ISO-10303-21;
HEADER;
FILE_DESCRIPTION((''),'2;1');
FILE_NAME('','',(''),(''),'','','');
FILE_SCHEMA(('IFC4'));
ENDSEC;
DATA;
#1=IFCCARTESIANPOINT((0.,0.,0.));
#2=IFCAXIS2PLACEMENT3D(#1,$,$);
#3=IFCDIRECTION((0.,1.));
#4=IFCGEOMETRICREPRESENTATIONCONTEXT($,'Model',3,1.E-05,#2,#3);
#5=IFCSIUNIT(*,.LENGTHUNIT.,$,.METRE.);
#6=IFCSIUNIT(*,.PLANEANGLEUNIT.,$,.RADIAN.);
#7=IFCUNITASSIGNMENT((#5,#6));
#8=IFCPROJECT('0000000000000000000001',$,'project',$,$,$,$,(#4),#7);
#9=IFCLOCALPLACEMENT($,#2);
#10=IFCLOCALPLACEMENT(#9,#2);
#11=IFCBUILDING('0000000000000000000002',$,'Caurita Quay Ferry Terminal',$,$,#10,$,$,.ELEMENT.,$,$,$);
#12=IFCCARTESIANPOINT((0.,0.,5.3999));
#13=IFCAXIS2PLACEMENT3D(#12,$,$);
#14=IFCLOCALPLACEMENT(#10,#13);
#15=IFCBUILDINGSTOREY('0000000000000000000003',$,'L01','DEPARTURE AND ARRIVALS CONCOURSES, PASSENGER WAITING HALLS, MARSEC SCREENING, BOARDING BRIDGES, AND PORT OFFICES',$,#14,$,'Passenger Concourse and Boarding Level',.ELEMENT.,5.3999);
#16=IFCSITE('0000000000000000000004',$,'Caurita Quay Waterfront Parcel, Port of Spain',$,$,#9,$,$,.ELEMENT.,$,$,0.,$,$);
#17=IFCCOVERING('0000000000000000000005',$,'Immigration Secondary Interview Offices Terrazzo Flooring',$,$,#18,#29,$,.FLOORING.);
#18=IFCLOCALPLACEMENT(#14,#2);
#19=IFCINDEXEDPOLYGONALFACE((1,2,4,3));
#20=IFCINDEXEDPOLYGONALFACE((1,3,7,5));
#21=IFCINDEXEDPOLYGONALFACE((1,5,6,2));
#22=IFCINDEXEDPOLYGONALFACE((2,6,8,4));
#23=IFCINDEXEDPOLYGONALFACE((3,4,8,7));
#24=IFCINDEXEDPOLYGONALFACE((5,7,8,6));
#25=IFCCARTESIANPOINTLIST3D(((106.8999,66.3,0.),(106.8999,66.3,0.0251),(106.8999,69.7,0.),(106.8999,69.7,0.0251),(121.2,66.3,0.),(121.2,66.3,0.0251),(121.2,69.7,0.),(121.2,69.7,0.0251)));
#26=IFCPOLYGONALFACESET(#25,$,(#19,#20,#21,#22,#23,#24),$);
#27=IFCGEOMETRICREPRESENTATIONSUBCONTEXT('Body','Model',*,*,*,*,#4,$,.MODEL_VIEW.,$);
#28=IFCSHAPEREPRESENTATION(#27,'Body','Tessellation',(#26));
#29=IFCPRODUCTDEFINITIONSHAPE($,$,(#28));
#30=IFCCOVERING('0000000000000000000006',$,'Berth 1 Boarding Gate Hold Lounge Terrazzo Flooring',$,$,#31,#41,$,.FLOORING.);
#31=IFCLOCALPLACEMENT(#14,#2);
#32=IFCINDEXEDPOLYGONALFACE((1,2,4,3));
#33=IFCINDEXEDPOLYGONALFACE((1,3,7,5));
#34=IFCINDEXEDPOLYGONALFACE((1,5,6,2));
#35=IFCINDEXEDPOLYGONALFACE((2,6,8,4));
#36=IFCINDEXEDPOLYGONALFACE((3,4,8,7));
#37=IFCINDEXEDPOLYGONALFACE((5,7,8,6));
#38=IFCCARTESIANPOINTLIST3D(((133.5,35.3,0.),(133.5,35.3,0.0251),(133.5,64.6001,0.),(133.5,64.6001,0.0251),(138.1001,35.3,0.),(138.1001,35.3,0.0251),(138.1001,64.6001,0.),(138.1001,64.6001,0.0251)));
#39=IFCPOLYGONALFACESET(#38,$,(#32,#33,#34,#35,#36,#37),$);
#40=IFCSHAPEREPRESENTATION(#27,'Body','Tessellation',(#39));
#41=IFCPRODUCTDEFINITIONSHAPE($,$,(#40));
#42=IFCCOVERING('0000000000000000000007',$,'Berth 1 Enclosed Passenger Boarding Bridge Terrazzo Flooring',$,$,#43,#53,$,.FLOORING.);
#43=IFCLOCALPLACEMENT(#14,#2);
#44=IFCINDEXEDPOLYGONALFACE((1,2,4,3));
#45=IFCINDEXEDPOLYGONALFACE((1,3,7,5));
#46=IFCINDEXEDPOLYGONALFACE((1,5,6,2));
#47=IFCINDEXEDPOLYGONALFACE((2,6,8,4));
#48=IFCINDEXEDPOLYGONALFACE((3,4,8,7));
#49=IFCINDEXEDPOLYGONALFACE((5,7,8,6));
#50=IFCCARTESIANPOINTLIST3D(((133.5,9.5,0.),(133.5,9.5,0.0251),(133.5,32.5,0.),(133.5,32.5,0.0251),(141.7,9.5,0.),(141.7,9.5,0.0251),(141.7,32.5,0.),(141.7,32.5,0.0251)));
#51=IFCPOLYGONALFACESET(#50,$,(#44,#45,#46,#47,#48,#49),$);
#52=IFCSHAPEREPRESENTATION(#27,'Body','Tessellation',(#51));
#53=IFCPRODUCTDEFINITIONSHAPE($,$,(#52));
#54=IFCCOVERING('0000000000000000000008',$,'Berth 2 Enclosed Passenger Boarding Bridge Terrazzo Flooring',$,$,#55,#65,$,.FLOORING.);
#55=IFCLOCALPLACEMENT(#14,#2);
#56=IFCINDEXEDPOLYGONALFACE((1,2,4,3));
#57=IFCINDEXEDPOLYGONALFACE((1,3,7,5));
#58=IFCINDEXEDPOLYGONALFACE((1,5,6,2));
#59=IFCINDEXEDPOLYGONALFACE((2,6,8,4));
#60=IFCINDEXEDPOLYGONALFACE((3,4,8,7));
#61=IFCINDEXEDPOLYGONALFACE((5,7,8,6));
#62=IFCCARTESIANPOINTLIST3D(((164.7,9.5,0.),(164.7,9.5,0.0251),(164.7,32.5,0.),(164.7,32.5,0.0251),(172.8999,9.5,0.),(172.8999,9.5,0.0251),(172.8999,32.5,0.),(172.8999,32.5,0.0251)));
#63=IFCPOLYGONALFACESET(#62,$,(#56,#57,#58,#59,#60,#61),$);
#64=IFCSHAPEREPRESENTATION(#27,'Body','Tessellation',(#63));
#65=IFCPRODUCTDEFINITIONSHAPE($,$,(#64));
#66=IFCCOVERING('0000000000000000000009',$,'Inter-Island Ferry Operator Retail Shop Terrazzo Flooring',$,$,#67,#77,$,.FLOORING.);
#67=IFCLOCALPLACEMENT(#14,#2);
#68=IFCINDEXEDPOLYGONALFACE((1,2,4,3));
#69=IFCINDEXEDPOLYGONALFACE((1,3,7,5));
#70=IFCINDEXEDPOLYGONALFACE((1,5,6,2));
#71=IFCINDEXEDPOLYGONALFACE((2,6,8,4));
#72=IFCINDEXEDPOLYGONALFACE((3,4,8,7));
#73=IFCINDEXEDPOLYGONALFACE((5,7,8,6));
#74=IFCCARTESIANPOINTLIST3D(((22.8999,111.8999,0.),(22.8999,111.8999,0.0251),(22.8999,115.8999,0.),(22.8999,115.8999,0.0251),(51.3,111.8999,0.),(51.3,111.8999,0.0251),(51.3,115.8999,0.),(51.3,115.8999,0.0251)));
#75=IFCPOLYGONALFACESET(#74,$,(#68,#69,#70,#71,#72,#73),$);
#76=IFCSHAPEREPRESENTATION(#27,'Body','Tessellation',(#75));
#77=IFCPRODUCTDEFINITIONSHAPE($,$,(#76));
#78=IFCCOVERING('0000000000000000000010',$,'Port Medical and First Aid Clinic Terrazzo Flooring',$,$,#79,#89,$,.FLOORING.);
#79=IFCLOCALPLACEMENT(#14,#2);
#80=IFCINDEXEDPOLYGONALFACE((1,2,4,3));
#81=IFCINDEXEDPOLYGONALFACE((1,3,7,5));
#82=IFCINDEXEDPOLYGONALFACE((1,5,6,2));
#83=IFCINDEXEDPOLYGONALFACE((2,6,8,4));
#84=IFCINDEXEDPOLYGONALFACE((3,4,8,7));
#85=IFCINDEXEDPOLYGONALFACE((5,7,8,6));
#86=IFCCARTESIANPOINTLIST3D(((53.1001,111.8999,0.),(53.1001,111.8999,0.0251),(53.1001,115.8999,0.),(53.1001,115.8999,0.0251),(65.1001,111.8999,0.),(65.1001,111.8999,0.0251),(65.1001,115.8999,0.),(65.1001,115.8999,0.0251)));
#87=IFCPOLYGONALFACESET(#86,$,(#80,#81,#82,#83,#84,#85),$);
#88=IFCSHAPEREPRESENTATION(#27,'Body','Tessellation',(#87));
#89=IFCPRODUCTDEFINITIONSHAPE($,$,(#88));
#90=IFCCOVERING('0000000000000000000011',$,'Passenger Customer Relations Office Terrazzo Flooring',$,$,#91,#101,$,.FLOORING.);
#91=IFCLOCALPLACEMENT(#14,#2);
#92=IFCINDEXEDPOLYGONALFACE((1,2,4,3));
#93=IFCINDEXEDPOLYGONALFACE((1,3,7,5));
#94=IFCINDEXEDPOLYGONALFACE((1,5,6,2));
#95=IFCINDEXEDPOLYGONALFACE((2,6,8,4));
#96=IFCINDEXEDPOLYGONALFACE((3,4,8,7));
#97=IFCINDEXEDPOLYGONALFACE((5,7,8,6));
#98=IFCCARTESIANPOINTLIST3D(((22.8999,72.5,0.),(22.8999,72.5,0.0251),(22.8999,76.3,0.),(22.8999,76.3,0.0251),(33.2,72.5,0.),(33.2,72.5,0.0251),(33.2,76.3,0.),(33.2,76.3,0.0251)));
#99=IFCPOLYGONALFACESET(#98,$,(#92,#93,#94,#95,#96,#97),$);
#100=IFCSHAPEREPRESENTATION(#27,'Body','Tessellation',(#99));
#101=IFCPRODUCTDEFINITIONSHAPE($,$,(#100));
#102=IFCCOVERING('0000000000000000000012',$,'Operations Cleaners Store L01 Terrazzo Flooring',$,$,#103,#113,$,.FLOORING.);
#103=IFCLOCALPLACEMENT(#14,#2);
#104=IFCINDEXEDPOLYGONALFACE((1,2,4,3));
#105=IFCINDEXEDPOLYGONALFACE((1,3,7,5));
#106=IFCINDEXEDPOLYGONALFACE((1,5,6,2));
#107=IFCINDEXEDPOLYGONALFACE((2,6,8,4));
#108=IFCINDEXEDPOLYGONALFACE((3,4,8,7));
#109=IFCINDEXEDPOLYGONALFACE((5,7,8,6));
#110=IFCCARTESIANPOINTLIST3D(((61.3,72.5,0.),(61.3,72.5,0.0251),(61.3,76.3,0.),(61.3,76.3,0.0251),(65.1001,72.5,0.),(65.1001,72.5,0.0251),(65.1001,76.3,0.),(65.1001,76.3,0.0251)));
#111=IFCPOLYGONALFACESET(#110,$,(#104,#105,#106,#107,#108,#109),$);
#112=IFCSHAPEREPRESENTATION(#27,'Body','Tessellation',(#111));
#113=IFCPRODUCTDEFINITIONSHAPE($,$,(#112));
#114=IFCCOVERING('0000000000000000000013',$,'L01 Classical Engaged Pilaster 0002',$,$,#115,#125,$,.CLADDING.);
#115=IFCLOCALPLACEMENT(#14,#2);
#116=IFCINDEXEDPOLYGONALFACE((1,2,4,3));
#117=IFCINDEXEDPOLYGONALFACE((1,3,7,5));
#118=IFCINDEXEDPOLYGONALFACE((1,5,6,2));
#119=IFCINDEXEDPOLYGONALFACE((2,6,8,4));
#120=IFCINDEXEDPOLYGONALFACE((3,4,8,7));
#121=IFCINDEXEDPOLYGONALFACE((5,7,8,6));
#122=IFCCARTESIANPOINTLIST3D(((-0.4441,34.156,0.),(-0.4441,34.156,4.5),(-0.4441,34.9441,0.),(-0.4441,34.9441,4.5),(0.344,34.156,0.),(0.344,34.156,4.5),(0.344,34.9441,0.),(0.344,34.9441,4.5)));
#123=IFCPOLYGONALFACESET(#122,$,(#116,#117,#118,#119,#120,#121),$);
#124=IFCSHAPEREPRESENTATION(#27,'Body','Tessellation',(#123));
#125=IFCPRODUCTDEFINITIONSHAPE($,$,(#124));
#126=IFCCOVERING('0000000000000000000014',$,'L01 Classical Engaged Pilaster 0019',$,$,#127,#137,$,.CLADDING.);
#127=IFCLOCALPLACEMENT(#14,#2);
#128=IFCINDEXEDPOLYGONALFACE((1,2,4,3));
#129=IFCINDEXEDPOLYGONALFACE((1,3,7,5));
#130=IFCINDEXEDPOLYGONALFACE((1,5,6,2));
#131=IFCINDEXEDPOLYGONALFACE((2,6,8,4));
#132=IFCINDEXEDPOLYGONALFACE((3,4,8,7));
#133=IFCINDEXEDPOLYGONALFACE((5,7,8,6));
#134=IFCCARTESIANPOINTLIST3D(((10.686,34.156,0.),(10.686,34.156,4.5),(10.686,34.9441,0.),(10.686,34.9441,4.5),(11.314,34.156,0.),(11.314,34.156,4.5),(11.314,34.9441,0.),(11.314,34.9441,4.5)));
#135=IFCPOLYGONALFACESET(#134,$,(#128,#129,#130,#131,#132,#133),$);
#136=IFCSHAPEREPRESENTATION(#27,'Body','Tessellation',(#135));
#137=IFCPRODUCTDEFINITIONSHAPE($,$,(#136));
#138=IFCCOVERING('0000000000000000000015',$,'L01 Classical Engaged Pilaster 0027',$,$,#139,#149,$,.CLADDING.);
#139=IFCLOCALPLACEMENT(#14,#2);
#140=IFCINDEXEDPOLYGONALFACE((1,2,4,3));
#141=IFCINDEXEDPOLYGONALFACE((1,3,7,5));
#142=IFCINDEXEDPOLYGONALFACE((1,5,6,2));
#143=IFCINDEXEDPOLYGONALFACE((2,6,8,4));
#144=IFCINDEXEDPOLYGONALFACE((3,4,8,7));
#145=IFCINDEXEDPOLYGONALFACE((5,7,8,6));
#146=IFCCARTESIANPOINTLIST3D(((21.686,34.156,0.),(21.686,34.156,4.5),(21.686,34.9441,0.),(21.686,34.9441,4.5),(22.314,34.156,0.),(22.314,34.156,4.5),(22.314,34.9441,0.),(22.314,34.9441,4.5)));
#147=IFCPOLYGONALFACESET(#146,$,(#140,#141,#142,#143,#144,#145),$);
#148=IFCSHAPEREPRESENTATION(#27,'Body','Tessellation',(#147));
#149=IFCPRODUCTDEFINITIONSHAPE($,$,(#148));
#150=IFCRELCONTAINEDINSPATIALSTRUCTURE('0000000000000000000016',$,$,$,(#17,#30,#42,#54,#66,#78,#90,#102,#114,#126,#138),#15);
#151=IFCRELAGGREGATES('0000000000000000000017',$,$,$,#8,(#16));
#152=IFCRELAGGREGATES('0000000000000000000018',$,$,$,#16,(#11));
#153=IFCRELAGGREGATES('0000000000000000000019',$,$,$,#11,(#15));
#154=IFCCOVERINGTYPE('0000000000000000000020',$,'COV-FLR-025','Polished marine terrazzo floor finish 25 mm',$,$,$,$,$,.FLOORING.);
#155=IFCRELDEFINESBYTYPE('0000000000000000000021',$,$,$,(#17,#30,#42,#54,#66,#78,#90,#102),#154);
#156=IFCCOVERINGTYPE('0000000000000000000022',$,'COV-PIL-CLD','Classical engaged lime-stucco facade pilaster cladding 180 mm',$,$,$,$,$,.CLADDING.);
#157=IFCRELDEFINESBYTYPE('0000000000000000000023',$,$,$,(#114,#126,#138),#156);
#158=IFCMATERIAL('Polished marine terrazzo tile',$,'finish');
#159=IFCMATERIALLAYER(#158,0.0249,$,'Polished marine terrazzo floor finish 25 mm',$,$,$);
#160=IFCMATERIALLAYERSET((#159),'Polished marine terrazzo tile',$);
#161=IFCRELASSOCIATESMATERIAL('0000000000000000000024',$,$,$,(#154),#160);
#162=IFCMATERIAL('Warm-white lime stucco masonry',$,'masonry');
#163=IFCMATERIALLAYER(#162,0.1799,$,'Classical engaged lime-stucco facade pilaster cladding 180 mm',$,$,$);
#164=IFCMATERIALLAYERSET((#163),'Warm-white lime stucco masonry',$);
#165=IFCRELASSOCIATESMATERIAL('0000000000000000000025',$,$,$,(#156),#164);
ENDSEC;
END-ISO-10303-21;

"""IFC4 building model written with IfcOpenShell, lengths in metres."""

from ifc_helpers import new_model, si_unit, direction, frame, origin, origin_2d, place, context, subcontext, project, spatial, polyline, rectangle, outline, extrude, material, layer, layer_set, type_object, element, save


model = new_model("IFC4")

# Units and contexts
model_context = context("Model", 3, precision=1e-05, world=origin(), true_north=direction((0.0, 1.0)))
body_context = subcontext(model_context, "Body", "Model", "MODEL_VIEW")
ifc_project = project(units=[si_unit("LENGTHUNIT", "METRE"), si_unit("PLANEANGLEUNIT", "RADIAN")], contexts=[model_context])

# Site, building, storey
site_placement = place(None, origin())
site = spatial("IfcSite", under=ifc_project, at=site_placement, Name="Caurita Quay Waterfront Parcel, Port of Spain", CompositionType="ELEMENT", RefElevation=0.0)
building_placement = place(site_placement, origin())
building = spatial("IfcBuilding", under=site, at=building_placement, Name="Caurita Quay Ferry Terminal", CompositionType="ELEMENT")
storey_placement = place(building_placement, frame((0.0, 0.0, 5.3999)))
storey = spatial("IfcBuildingStorey", under=building, at=storey_placement, Name="L01", Description="DEPARTURE AND ARRIVALS CONCOURSES, PASSENGER WAITING HALLS, MARSEC SCREENING, BOARDING BRIDGES, AND PORT OFFICES", LongName="Passenger Concourse and Boarding Level", CompositionType="ELEMENT", Elevation=5.3999)

# Coverings
ifc_material_1 = material(Name="Polished marine terrazzo tile", Category="finish")
ifc_layer_1 = layer(ifc_material_1, 0.0249, Name="Polished marine terrazzo floor finish 25 mm")
ifc_layer_set_1 = layer_set([ifc_layer_1], Name="Polished marine terrazzo tile")
covering_type_1 = type_object("IfcCoveringType", Name="COV-FLR-025", Description="Polished marine terrazzo floor finish 25 mm", PredefinedType="FLOORING", material=ifc_layer_set_1)
covering_1_placement = place(storey_placement, origin())
element("IfcCovering", 1, at=covering_1_placement, inside=storey, type_object=covering_type_1, Name="Immigration Secondary Interview Offices Terrazzo Flooring", PredefinedType="FLOORING", context=body_context, shape_type="SweptSolid", body=[
    extrude(outline(polyline([(106.8999, 66.3), (121.2, 66.3), (121.2, 69.7), (106.8999, 69.7), (106.8999, 66.3)])), origin(), (0.0, 0.0, 1.0), 0.0251),
])
covering_2_placement = place(storey_placement, origin())
element("IfcCovering", 2, at=covering_2_placement, inside=storey, type_object=covering_type_1, Name="Berth 1 Boarding Gate Hold Lounge Terrazzo Flooring", PredefinedType="FLOORING", context=body_context, shape_type="SweptSolid", body=[
    extrude(outline(polyline([(133.5, 35.3), (138.1001, 35.3), (138.1001, 64.6001), (133.5, 64.6001), (133.5, 35.3)])), origin(), (0.0, 0.0, 1.0), 0.0251),
])
covering_3_placement = place(storey_placement, origin())
element("IfcCovering", 3, at=covering_3_placement, inside=storey, type_object=covering_type_1, Name="Berth 1 Enclosed Passenger Boarding Bridge Terrazzo Flooring", PredefinedType="FLOORING", context=body_context, shape_type="SweptSolid", body=[
    extrude(outline(polyline([(133.5, 9.5), (141.7, 9.5), (141.7, 32.5), (133.5, 32.5), (133.5, 9.5)])), origin(), (0.0, 0.0, 1.0), 0.0251),
])
covering_4_placement = place(storey_placement, origin())
element("IfcCovering", 4, at=covering_4_placement, inside=storey, type_object=covering_type_1, Name="Berth 2 Enclosed Passenger Boarding Bridge Terrazzo Flooring", PredefinedType="FLOORING", context=body_context, shape_type="SweptSolid", body=[
    extrude(outline(polyline([(164.7, 9.5), (172.8999, 9.5), (172.8999, 32.5), (164.7, 32.5), (164.7, 9.5)])), origin(), (0.0, 0.0, 1.0), 0.0251),
])
covering_5_placement = place(storey_placement, origin())
element("IfcCovering", 5, at=covering_5_placement, inside=storey, type_object=covering_type_1, Name="Inter-Island Ferry Operator Retail Shop Terrazzo Flooring", PredefinedType="FLOORING", context=body_context, shape_type="SweptSolid", body=[
    extrude(outline(polyline([(22.8999, 111.8999), (51.3, 111.8999), (51.3, 115.8999), (22.8999, 115.8999), (22.8999, 111.8999)])), origin(), (0.0, 0.0, 1.0), 0.0251),
])
covering_6_placement = place(storey_placement, origin())
element("IfcCovering", 6, at=covering_6_placement, inside=storey, type_object=covering_type_1, Name="Port Medical and First Aid Clinic Terrazzo Flooring", PredefinedType="FLOORING", context=body_context, shape_type="SweptSolid", body=[
    extrude(outline(polyline([(53.1001, 111.8999), (65.1001, 111.8999), (65.1001, 115.8999), (53.1001, 115.8999), (53.1001, 111.8999)])), origin(), (0.0, 0.0, 1.0), 0.0251),
])
covering_7_placement = place(storey_placement, origin())
element("IfcCovering", 7, at=covering_7_placement, inside=storey, type_object=covering_type_1, Name="Passenger Customer Relations Office Terrazzo Flooring", PredefinedType="FLOORING", context=body_context, shape_type="SweptSolid", body=[
    extrude(outline(polyline([(22.8999, 72.5), (33.2, 72.5), (33.2, 76.3), (22.8999, 76.3), (22.8999, 72.5)])), origin(), (0.0, 0.0, 1.0), 0.0251),
])
covering_8_placement = place(storey_placement, origin())
element("IfcCovering", 8, at=covering_8_placement, inside=storey, type_object=covering_type_1, Name="Operations Cleaners Store L01 Terrazzo Flooring", PredefinedType="FLOORING", context=body_context, shape_type="SweptSolid", body=[
    extrude(outline(polyline([(61.3, 72.5), (65.1001, 72.5), (65.1001, 76.3), (61.3, 76.3), (61.3, 72.5)])), origin(), (0.0, 0.0, 1.0), 0.0251),
])
ifc_material_2 = material(Name="Warm-white lime stucco masonry", Category="masonry")
ifc_layer_2 = layer(ifc_material_2, 0.1799, Name="Classical engaged lime-stucco facade pilaster cladding 180 mm")
ifc_layer_set_2 = layer_set([ifc_layer_2], Name="Warm-white lime stucco masonry")
covering_type_2 = type_object("IfcCoveringType", Name="COV-PIL-CLD", Description="Classical engaged lime-stucco facade pilaster cladding 180 mm", PredefinedType="CLADDING", material=ifc_layer_set_2)
covering_9_placement = place(storey_placement, frame((-0.05, 34.55, 0.0), z_axis=(0.0, 0.0, 1.0), x_axis=(1.0, 0.0, 0.0)))
element("IfcCovering", 9, at=covering_9_placement, inside=storey, type_object=covering_type_2, Name="L01 Classical Engaged Pilaster 0002", PredefinedType="CLADDING", context=body_context, shape_type="SweptSolid", body=[
    extrude(rectangle(XDim=0.7881, YDim=0.7881, at=origin_2d()), origin(), (0.0, 0.0, 1.0), 4.5),
])
for number, where, z_axis, x_axis, name in (
    (10, (11.0, 34.55, 0.0), (0.0, 0.0, 1.0), (1.0, 0.0, 0.0), "L01 Classical Engaged Pilaster 0019"),
    (11, (22.0, 34.55, 0.0), (0.0, 0.0, 1.0), (1.0, 0.0, 0.0), "L01 Classical Engaged Pilaster 0027"),
):
    element("IfcCovering", number, at=place(storey_placement, frame(where, z_axis=z_axis, x_axis=x_axis)), inside=storey, type_object=covering_type_2, Name=name, PredefinedType="CLADDING", context=body_context, shape_type="SweptSolid", body=[
        extrude(rectangle(XDim=0.6279, YDim=0.7881, at=origin_2d()), origin(), (0.0, 0.0, 1.0), 4.5),
    ])

save(model, "model.ifc")
